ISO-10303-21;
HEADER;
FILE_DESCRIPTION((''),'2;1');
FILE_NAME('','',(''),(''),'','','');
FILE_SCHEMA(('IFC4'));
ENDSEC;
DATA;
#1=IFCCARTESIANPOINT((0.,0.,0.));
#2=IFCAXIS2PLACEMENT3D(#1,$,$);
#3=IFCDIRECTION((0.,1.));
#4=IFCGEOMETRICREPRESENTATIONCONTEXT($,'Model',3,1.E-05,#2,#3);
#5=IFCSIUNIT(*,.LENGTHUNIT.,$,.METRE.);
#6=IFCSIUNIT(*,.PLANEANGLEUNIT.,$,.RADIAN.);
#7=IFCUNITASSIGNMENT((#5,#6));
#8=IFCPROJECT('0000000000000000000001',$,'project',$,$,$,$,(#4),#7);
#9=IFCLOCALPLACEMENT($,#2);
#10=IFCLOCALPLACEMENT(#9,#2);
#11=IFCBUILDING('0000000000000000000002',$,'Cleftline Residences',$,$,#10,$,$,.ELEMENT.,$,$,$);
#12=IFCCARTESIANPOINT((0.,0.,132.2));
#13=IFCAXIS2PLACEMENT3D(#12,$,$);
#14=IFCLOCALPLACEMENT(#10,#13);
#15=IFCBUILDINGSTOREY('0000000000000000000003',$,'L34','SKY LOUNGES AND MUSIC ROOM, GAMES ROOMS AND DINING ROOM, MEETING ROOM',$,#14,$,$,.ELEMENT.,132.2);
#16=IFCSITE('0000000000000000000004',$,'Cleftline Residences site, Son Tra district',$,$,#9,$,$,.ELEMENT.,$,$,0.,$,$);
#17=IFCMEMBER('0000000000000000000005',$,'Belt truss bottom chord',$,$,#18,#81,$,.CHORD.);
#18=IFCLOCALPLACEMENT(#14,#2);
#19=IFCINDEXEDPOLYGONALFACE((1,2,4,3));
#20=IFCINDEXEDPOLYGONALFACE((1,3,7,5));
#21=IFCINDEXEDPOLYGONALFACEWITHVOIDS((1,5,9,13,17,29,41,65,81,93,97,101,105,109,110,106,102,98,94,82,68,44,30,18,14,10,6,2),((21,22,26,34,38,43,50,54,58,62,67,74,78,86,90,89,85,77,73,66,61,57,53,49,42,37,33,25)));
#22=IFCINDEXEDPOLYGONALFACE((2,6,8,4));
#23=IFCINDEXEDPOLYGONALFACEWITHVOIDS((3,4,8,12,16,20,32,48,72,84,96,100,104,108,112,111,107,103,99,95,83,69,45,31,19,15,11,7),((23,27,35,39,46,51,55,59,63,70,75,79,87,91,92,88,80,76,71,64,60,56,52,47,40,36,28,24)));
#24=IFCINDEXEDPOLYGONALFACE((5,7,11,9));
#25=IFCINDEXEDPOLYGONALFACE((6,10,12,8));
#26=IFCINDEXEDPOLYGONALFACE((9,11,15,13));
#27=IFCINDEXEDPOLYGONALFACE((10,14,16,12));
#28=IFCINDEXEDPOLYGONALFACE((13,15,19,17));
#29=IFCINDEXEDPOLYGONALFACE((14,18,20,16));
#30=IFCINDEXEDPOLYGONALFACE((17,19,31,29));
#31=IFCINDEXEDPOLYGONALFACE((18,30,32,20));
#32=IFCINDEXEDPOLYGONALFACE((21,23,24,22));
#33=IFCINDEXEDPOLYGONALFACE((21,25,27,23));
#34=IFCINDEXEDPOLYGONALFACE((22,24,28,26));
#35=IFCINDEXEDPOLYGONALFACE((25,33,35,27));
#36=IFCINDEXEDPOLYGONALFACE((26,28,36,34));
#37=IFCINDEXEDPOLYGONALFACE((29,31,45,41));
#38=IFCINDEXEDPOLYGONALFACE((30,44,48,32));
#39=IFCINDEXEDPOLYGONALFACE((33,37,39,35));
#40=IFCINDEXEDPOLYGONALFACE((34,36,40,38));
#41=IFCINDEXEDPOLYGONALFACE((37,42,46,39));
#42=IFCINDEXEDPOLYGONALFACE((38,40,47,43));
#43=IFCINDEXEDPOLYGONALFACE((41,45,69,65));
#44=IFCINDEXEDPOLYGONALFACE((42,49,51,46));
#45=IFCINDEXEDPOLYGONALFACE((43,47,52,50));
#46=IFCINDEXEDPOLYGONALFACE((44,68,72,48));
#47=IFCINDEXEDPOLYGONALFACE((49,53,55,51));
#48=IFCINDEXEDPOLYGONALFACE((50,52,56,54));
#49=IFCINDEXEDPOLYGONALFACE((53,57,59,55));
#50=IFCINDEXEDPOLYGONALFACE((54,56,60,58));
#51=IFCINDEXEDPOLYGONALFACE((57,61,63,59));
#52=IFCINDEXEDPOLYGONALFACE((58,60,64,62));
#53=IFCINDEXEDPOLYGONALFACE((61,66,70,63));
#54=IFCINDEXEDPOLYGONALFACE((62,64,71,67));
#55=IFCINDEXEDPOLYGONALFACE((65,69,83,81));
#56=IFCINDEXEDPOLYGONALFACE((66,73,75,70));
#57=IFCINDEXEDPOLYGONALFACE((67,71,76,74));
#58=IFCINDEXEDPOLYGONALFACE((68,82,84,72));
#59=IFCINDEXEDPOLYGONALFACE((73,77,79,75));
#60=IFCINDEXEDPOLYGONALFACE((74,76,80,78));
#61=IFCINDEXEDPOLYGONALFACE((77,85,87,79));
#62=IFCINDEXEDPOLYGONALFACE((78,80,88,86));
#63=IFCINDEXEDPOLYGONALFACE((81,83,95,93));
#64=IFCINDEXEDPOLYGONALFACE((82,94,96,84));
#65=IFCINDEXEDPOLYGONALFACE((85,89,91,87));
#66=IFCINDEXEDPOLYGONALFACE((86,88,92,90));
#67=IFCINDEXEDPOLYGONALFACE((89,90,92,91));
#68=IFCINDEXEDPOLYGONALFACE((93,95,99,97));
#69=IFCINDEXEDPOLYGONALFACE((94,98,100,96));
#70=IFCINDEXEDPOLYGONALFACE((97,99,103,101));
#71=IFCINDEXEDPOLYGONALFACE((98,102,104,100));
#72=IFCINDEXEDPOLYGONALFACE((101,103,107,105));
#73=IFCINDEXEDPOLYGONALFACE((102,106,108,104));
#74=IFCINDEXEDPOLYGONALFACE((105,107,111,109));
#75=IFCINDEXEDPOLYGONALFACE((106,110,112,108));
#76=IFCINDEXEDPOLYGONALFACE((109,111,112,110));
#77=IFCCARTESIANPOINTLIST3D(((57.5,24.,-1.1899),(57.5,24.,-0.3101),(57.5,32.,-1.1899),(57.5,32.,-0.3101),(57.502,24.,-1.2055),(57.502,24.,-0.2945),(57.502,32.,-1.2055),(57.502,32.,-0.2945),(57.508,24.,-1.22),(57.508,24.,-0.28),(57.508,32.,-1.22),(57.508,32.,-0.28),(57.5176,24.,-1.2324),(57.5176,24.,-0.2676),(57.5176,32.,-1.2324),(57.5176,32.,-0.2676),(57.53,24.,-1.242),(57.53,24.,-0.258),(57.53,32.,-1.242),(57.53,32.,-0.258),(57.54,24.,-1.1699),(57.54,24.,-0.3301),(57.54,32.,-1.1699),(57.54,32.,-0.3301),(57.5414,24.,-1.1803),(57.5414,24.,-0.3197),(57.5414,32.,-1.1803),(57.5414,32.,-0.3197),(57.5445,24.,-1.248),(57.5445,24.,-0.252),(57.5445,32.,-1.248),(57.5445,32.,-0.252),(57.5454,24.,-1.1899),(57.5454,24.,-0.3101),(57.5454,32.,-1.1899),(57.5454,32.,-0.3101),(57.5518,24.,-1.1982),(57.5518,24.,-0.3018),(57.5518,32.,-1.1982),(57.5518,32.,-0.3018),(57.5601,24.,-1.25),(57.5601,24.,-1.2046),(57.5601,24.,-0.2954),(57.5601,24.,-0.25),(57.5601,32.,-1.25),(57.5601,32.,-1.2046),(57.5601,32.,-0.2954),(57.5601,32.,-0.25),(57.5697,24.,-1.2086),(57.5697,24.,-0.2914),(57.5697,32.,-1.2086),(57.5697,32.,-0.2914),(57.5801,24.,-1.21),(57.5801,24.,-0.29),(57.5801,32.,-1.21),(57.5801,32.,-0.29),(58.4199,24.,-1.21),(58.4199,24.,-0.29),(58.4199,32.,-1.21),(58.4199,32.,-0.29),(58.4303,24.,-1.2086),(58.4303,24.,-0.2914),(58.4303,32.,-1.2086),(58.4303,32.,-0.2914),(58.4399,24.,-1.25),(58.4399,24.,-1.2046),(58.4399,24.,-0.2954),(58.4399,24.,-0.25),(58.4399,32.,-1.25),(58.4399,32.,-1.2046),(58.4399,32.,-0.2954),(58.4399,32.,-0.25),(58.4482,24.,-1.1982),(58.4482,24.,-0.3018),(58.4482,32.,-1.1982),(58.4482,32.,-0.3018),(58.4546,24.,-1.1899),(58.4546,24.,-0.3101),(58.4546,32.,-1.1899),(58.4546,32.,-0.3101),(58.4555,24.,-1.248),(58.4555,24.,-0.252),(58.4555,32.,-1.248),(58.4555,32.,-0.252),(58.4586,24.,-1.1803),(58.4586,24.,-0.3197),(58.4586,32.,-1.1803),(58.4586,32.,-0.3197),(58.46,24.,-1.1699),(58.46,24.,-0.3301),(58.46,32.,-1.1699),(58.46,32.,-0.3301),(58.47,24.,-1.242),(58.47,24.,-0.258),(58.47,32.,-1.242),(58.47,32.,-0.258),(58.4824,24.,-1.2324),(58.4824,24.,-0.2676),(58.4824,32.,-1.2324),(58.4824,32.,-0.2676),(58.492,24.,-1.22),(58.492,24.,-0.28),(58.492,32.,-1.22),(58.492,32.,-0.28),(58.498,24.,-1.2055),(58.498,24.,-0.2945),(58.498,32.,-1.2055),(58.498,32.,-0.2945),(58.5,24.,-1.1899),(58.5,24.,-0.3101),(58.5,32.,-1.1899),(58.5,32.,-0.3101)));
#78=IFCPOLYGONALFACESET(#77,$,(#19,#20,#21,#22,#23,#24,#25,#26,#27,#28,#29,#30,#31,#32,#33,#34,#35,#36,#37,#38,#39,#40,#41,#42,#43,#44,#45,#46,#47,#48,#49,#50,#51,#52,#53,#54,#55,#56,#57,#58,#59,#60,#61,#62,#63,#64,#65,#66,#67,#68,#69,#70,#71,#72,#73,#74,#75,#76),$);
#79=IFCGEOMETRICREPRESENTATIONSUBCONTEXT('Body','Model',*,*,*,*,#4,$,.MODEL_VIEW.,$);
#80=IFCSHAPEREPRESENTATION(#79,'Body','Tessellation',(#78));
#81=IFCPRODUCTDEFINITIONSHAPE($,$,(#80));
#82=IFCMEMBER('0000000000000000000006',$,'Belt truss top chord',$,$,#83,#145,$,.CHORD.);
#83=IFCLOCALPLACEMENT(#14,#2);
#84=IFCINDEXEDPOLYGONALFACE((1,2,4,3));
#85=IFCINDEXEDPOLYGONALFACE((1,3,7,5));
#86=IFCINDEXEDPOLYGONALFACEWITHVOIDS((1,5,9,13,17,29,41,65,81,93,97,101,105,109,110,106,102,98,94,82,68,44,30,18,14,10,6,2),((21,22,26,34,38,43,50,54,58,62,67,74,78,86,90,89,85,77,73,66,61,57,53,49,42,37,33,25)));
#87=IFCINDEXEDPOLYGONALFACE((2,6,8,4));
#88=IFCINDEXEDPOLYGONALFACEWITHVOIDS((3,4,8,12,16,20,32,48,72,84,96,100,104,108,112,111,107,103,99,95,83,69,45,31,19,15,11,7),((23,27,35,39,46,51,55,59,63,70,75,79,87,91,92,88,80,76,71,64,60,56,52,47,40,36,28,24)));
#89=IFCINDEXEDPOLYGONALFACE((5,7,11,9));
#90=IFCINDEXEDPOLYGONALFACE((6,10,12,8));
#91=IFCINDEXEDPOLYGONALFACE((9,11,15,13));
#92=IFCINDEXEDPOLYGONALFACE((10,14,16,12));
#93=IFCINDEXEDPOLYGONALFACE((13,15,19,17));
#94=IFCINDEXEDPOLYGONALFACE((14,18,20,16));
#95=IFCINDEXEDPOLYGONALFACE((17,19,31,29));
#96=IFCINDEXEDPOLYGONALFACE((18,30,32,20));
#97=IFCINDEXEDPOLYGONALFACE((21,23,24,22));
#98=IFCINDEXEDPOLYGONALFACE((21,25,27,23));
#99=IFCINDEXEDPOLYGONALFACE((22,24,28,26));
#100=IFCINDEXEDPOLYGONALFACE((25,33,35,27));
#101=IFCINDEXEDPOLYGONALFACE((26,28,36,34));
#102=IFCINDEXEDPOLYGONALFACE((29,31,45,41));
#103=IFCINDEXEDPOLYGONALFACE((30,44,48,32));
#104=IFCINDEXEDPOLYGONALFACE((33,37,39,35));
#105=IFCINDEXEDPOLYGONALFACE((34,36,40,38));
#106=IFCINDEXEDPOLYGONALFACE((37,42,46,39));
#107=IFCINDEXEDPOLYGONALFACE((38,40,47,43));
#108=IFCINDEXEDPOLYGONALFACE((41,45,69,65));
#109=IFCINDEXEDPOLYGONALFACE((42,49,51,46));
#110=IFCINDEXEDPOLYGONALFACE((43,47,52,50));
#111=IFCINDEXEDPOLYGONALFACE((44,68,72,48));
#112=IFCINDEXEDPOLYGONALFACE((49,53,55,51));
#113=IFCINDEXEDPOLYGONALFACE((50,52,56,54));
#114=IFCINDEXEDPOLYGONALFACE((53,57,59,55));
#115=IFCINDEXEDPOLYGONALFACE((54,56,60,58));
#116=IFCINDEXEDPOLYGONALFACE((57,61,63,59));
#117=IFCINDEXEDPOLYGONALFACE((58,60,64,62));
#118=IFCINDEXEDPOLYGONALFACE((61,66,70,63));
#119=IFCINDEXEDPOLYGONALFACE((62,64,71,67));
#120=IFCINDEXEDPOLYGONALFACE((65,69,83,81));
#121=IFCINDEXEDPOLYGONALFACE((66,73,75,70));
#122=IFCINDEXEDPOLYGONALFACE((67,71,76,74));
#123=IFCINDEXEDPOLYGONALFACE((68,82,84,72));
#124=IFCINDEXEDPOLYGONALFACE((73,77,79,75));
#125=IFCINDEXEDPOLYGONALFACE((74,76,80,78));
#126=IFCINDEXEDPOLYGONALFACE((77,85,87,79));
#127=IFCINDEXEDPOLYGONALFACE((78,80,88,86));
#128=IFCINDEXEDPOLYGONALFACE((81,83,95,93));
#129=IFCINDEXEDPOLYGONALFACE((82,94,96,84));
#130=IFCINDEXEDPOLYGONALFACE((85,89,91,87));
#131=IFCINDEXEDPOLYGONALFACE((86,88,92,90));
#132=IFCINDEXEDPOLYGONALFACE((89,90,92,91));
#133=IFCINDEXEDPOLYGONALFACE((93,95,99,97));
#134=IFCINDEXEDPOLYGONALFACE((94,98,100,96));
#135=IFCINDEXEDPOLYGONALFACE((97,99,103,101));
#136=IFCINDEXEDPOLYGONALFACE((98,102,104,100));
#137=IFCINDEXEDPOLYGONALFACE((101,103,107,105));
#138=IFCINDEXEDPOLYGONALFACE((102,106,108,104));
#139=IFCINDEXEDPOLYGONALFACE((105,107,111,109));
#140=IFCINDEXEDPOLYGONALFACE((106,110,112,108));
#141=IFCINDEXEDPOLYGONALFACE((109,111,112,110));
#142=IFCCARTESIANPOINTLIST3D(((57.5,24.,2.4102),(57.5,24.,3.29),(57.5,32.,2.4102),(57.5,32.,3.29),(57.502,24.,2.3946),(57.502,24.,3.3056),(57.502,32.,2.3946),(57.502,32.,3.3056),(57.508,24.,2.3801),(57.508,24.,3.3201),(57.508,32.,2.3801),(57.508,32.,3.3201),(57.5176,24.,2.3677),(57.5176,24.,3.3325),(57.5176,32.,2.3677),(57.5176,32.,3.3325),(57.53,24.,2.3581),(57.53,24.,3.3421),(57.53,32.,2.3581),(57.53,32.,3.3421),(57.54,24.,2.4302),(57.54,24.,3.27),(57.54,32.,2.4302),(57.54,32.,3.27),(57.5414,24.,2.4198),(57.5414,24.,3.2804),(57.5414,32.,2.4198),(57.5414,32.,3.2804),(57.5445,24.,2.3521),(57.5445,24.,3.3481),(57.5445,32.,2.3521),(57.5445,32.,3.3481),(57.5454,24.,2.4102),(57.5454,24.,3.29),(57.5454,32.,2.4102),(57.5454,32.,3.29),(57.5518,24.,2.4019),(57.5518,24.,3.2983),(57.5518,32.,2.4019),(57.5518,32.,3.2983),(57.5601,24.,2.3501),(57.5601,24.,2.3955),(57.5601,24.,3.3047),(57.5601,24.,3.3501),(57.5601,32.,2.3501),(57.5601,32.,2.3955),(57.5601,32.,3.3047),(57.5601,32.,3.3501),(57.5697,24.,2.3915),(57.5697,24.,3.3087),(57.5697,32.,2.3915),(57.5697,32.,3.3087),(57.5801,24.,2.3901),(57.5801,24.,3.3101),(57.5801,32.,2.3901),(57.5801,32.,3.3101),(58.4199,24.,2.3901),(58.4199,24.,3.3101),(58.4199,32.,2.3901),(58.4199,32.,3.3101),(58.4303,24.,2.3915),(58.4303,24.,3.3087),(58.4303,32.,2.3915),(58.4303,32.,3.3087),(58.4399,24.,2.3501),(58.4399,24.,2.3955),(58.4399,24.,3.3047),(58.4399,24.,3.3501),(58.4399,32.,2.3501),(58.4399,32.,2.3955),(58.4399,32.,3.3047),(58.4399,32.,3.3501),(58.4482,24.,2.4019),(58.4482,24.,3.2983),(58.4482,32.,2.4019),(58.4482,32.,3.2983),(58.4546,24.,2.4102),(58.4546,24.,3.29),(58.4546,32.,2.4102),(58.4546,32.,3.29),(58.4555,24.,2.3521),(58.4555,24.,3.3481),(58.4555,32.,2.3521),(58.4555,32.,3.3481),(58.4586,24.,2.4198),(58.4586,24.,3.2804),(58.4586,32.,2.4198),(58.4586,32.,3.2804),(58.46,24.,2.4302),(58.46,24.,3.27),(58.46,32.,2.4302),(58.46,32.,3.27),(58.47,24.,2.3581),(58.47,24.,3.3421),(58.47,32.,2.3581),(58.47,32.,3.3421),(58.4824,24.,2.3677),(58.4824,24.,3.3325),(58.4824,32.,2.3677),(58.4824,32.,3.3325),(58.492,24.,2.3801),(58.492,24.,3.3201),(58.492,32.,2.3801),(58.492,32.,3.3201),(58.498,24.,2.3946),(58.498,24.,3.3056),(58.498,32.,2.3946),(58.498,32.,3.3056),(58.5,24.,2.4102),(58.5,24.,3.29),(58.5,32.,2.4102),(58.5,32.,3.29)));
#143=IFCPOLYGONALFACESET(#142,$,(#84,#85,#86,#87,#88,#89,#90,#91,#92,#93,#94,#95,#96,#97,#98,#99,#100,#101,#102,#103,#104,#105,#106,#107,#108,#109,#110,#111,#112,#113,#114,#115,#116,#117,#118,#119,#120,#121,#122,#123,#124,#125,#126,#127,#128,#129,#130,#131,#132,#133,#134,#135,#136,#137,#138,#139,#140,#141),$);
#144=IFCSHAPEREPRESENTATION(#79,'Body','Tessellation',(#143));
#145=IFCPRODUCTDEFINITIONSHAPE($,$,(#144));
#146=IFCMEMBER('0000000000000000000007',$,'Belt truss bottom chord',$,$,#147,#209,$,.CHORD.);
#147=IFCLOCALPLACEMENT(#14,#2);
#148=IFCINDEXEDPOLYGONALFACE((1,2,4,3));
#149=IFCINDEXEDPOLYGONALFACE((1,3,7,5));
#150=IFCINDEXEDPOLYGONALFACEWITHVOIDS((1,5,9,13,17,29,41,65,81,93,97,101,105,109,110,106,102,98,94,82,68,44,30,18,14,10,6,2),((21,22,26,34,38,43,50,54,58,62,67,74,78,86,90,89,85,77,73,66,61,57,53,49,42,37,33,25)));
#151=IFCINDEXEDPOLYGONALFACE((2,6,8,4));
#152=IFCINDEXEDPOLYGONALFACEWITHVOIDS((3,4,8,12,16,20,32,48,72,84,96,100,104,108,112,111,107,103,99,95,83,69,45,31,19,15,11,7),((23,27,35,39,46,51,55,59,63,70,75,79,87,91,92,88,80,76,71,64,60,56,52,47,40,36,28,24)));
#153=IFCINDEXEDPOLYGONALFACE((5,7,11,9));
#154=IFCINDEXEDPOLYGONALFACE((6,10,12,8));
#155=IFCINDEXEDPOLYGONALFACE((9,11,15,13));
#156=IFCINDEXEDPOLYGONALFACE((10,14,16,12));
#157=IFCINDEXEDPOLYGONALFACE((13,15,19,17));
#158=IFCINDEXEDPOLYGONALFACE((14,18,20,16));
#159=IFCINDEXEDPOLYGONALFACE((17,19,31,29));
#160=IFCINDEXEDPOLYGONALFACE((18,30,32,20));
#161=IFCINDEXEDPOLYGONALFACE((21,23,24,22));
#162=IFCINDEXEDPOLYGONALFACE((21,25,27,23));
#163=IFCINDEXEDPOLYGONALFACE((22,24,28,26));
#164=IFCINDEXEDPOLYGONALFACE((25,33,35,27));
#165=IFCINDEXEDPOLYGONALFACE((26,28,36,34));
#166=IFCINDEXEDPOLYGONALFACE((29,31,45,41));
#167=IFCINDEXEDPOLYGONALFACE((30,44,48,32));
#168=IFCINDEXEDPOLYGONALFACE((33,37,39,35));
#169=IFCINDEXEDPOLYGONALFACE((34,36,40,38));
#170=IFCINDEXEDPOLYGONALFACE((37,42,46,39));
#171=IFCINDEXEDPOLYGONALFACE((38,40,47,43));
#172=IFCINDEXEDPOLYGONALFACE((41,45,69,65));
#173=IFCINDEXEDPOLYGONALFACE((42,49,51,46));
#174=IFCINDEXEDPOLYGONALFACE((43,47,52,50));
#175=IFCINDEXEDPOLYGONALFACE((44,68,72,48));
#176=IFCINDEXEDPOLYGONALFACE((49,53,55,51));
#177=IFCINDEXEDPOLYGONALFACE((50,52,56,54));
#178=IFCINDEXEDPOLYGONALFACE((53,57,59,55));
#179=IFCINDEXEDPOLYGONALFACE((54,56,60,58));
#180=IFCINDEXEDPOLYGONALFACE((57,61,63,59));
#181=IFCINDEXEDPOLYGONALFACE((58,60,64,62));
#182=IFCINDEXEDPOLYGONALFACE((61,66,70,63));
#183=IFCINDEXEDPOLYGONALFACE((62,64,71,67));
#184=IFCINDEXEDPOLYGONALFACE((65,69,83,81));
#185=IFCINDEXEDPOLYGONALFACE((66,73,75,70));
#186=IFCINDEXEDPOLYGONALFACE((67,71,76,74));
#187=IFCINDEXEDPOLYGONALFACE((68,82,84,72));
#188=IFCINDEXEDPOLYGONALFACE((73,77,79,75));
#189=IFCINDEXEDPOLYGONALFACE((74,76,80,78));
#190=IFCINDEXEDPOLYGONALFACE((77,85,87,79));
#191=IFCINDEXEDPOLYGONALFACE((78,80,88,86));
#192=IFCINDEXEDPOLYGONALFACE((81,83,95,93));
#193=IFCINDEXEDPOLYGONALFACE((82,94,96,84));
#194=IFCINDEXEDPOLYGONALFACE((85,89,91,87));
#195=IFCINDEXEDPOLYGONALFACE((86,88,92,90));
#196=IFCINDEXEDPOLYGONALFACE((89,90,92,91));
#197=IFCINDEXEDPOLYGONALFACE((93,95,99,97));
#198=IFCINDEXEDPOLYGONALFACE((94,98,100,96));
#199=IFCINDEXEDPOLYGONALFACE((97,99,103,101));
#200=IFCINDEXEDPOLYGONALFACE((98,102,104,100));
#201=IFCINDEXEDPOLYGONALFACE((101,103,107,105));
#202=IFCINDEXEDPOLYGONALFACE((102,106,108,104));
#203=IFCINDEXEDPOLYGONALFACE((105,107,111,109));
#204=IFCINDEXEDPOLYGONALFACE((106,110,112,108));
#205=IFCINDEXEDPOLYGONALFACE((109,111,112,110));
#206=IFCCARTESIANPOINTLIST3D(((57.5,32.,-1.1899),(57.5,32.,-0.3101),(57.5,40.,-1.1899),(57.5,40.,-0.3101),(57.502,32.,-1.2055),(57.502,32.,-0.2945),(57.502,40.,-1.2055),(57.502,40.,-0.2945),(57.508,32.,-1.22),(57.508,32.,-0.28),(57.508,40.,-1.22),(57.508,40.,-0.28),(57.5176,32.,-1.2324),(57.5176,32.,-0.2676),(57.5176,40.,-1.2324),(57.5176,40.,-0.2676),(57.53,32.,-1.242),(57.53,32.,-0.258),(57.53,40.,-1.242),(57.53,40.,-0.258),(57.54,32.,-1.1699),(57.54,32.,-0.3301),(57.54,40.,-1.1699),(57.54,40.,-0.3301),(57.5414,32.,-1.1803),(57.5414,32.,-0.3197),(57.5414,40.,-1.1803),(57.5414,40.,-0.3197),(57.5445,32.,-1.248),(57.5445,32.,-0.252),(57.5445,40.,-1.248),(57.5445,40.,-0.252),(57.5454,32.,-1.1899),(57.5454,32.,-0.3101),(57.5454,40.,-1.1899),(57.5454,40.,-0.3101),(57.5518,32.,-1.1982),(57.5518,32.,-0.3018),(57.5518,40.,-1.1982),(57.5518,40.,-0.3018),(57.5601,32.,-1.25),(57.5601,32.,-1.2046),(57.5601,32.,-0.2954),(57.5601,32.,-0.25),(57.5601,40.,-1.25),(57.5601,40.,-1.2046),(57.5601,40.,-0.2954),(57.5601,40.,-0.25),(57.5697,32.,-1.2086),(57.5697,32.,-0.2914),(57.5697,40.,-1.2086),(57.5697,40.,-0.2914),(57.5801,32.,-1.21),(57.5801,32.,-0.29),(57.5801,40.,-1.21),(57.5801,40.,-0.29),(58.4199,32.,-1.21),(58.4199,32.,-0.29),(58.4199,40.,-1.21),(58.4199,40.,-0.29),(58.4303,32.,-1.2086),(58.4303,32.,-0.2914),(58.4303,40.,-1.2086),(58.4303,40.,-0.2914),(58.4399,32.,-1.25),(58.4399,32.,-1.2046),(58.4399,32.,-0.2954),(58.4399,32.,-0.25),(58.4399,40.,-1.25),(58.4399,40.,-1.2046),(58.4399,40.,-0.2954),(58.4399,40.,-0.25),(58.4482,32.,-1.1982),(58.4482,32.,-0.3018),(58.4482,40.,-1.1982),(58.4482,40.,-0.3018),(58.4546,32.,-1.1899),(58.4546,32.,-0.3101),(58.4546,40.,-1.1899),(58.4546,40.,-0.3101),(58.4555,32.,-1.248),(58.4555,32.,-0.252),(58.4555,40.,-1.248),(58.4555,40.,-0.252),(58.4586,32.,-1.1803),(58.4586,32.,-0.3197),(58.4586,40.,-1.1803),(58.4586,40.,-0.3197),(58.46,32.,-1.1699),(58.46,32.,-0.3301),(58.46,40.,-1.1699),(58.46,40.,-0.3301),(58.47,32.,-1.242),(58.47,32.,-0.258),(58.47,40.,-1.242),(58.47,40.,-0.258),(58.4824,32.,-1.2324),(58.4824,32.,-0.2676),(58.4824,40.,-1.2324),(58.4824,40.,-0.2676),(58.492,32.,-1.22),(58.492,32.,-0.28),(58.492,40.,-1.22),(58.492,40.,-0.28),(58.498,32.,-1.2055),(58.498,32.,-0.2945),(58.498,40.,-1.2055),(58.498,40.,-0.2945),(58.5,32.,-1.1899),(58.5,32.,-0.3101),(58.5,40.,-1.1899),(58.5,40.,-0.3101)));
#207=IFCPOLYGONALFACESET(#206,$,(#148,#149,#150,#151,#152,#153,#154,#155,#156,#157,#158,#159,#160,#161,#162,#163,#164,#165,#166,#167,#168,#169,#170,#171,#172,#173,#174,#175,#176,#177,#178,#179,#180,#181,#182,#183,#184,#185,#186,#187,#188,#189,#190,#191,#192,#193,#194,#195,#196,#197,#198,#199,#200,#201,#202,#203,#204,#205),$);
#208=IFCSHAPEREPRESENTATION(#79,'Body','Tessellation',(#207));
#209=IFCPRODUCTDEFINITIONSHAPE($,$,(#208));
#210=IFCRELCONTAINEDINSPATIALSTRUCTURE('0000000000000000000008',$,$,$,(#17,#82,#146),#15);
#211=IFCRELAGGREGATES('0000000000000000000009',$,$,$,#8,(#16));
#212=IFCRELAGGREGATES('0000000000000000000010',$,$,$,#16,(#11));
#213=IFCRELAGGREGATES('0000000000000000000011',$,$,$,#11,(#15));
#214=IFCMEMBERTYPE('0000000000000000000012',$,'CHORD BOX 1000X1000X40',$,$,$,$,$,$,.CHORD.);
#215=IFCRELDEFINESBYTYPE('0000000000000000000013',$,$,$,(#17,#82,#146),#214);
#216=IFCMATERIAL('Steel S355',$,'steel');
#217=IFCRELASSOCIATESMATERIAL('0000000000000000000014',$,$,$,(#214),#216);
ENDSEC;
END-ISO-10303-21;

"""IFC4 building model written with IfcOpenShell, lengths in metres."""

from ifc_helpers import new_model, si_unit, direction, frame, origin, origin_2d, place, context, subcontext, project, spatial, hollow_rectangle, extrude, material, material_profile, profile_set, type_object, element, save


model = new_model("IFC4")

# Units and contexts
model_context = context("Model", 3, precision=1e-05, world=origin(), true_north=direction((0.0, 1.0)))
body_context = subcontext(model_context, "Body", "Model", "MODEL_VIEW")
ifc_project = project(units=[si_unit("LENGTHUNIT", "METRE"), si_unit("PLANEANGLEUNIT", "RADIAN")], contexts=[model_context])

# Site, building, storey
site_placement = place(None, origin())
site = spatial("IfcSite", under=ifc_project, at=site_placement, Name="Cleftline Residences site, Son Tra district", CompositionType="ELEMENT", RefElevation=0.0)
building_placement = place(site_placement, origin())
building = spatial("IfcBuilding", under=site, at=building_placement, Name="Cleftline Residences", CompositionType="ELEMENT")
storey_placement = place(building_placement, frame((0.0, 0.0, 132.2)))
storey = spatial("IfcBuildingStorey", under=building, at=storey_placement, Name="L34", Description="SKY LOUNGES AND MUSIC ROOM, GAMES ROOMS AND DINING ROOM, MEETING ROOM", CompositionType="ELEMENT", Elevation=132.2)

# Members
ifc_material_1 = material(Name="Steel S355", Category="steel")
ifc_material_profile_1 = material_profile(ifc_material_1, hollow_rectangle(XDim=1.0, YDim=1.0, WallThickness=0.04, InnerFilletRadius=0.04, OuterFilletRadius=0.0601, at=origin_2d()))
ifc_profile_set_1 = profile_set([ifc_material_profile_1], Name="Steel S355")
member_type_1 = type_object("IfcMemberType", Name="CHORD BOX 1000X1000X40", PredefinedType="CHORD", material=ifc_profile_set_1)
for number, where, z_axis, x_axis, name in (
    (1, (58.0, 24.0, -0.75), (0.0, 1.0, 0.0), (-1.0, 0.0, 0.0), "Belt truss bottom chord"),
    (2, (58.0, 24.0, 2.8501), (0.0, 1.0, 0.0), (-1.0, 0.0, 0.0), "Belt truss top chord"),
    (3, (58.0, 32.0, -0.75), (0.0, 1.0, 0.0), (-1.0, 0.0, 0.0), "Belt truss bottom chord"),
):
    element("IfcMember", number, at=place(storey_placement, frame(where, z_axis=z_axis, x_axis=x_axis)), inside=storey, type_object=member_type_1, Name=name, PredefinedType="CHORD", context=body_context, shape_type="SweptSolid", body=[
        extrude(hollow_rectangle(XDim=1.0, YDim=1.0, WallThickness=0.04, InnerFilletRadius=0.04, OuterFilletRadius=0.0601, at=origin_2d()), origin(), (0.0, 0.0, 1.0), 8.0),
    ])

save(model, "model.ifc")
